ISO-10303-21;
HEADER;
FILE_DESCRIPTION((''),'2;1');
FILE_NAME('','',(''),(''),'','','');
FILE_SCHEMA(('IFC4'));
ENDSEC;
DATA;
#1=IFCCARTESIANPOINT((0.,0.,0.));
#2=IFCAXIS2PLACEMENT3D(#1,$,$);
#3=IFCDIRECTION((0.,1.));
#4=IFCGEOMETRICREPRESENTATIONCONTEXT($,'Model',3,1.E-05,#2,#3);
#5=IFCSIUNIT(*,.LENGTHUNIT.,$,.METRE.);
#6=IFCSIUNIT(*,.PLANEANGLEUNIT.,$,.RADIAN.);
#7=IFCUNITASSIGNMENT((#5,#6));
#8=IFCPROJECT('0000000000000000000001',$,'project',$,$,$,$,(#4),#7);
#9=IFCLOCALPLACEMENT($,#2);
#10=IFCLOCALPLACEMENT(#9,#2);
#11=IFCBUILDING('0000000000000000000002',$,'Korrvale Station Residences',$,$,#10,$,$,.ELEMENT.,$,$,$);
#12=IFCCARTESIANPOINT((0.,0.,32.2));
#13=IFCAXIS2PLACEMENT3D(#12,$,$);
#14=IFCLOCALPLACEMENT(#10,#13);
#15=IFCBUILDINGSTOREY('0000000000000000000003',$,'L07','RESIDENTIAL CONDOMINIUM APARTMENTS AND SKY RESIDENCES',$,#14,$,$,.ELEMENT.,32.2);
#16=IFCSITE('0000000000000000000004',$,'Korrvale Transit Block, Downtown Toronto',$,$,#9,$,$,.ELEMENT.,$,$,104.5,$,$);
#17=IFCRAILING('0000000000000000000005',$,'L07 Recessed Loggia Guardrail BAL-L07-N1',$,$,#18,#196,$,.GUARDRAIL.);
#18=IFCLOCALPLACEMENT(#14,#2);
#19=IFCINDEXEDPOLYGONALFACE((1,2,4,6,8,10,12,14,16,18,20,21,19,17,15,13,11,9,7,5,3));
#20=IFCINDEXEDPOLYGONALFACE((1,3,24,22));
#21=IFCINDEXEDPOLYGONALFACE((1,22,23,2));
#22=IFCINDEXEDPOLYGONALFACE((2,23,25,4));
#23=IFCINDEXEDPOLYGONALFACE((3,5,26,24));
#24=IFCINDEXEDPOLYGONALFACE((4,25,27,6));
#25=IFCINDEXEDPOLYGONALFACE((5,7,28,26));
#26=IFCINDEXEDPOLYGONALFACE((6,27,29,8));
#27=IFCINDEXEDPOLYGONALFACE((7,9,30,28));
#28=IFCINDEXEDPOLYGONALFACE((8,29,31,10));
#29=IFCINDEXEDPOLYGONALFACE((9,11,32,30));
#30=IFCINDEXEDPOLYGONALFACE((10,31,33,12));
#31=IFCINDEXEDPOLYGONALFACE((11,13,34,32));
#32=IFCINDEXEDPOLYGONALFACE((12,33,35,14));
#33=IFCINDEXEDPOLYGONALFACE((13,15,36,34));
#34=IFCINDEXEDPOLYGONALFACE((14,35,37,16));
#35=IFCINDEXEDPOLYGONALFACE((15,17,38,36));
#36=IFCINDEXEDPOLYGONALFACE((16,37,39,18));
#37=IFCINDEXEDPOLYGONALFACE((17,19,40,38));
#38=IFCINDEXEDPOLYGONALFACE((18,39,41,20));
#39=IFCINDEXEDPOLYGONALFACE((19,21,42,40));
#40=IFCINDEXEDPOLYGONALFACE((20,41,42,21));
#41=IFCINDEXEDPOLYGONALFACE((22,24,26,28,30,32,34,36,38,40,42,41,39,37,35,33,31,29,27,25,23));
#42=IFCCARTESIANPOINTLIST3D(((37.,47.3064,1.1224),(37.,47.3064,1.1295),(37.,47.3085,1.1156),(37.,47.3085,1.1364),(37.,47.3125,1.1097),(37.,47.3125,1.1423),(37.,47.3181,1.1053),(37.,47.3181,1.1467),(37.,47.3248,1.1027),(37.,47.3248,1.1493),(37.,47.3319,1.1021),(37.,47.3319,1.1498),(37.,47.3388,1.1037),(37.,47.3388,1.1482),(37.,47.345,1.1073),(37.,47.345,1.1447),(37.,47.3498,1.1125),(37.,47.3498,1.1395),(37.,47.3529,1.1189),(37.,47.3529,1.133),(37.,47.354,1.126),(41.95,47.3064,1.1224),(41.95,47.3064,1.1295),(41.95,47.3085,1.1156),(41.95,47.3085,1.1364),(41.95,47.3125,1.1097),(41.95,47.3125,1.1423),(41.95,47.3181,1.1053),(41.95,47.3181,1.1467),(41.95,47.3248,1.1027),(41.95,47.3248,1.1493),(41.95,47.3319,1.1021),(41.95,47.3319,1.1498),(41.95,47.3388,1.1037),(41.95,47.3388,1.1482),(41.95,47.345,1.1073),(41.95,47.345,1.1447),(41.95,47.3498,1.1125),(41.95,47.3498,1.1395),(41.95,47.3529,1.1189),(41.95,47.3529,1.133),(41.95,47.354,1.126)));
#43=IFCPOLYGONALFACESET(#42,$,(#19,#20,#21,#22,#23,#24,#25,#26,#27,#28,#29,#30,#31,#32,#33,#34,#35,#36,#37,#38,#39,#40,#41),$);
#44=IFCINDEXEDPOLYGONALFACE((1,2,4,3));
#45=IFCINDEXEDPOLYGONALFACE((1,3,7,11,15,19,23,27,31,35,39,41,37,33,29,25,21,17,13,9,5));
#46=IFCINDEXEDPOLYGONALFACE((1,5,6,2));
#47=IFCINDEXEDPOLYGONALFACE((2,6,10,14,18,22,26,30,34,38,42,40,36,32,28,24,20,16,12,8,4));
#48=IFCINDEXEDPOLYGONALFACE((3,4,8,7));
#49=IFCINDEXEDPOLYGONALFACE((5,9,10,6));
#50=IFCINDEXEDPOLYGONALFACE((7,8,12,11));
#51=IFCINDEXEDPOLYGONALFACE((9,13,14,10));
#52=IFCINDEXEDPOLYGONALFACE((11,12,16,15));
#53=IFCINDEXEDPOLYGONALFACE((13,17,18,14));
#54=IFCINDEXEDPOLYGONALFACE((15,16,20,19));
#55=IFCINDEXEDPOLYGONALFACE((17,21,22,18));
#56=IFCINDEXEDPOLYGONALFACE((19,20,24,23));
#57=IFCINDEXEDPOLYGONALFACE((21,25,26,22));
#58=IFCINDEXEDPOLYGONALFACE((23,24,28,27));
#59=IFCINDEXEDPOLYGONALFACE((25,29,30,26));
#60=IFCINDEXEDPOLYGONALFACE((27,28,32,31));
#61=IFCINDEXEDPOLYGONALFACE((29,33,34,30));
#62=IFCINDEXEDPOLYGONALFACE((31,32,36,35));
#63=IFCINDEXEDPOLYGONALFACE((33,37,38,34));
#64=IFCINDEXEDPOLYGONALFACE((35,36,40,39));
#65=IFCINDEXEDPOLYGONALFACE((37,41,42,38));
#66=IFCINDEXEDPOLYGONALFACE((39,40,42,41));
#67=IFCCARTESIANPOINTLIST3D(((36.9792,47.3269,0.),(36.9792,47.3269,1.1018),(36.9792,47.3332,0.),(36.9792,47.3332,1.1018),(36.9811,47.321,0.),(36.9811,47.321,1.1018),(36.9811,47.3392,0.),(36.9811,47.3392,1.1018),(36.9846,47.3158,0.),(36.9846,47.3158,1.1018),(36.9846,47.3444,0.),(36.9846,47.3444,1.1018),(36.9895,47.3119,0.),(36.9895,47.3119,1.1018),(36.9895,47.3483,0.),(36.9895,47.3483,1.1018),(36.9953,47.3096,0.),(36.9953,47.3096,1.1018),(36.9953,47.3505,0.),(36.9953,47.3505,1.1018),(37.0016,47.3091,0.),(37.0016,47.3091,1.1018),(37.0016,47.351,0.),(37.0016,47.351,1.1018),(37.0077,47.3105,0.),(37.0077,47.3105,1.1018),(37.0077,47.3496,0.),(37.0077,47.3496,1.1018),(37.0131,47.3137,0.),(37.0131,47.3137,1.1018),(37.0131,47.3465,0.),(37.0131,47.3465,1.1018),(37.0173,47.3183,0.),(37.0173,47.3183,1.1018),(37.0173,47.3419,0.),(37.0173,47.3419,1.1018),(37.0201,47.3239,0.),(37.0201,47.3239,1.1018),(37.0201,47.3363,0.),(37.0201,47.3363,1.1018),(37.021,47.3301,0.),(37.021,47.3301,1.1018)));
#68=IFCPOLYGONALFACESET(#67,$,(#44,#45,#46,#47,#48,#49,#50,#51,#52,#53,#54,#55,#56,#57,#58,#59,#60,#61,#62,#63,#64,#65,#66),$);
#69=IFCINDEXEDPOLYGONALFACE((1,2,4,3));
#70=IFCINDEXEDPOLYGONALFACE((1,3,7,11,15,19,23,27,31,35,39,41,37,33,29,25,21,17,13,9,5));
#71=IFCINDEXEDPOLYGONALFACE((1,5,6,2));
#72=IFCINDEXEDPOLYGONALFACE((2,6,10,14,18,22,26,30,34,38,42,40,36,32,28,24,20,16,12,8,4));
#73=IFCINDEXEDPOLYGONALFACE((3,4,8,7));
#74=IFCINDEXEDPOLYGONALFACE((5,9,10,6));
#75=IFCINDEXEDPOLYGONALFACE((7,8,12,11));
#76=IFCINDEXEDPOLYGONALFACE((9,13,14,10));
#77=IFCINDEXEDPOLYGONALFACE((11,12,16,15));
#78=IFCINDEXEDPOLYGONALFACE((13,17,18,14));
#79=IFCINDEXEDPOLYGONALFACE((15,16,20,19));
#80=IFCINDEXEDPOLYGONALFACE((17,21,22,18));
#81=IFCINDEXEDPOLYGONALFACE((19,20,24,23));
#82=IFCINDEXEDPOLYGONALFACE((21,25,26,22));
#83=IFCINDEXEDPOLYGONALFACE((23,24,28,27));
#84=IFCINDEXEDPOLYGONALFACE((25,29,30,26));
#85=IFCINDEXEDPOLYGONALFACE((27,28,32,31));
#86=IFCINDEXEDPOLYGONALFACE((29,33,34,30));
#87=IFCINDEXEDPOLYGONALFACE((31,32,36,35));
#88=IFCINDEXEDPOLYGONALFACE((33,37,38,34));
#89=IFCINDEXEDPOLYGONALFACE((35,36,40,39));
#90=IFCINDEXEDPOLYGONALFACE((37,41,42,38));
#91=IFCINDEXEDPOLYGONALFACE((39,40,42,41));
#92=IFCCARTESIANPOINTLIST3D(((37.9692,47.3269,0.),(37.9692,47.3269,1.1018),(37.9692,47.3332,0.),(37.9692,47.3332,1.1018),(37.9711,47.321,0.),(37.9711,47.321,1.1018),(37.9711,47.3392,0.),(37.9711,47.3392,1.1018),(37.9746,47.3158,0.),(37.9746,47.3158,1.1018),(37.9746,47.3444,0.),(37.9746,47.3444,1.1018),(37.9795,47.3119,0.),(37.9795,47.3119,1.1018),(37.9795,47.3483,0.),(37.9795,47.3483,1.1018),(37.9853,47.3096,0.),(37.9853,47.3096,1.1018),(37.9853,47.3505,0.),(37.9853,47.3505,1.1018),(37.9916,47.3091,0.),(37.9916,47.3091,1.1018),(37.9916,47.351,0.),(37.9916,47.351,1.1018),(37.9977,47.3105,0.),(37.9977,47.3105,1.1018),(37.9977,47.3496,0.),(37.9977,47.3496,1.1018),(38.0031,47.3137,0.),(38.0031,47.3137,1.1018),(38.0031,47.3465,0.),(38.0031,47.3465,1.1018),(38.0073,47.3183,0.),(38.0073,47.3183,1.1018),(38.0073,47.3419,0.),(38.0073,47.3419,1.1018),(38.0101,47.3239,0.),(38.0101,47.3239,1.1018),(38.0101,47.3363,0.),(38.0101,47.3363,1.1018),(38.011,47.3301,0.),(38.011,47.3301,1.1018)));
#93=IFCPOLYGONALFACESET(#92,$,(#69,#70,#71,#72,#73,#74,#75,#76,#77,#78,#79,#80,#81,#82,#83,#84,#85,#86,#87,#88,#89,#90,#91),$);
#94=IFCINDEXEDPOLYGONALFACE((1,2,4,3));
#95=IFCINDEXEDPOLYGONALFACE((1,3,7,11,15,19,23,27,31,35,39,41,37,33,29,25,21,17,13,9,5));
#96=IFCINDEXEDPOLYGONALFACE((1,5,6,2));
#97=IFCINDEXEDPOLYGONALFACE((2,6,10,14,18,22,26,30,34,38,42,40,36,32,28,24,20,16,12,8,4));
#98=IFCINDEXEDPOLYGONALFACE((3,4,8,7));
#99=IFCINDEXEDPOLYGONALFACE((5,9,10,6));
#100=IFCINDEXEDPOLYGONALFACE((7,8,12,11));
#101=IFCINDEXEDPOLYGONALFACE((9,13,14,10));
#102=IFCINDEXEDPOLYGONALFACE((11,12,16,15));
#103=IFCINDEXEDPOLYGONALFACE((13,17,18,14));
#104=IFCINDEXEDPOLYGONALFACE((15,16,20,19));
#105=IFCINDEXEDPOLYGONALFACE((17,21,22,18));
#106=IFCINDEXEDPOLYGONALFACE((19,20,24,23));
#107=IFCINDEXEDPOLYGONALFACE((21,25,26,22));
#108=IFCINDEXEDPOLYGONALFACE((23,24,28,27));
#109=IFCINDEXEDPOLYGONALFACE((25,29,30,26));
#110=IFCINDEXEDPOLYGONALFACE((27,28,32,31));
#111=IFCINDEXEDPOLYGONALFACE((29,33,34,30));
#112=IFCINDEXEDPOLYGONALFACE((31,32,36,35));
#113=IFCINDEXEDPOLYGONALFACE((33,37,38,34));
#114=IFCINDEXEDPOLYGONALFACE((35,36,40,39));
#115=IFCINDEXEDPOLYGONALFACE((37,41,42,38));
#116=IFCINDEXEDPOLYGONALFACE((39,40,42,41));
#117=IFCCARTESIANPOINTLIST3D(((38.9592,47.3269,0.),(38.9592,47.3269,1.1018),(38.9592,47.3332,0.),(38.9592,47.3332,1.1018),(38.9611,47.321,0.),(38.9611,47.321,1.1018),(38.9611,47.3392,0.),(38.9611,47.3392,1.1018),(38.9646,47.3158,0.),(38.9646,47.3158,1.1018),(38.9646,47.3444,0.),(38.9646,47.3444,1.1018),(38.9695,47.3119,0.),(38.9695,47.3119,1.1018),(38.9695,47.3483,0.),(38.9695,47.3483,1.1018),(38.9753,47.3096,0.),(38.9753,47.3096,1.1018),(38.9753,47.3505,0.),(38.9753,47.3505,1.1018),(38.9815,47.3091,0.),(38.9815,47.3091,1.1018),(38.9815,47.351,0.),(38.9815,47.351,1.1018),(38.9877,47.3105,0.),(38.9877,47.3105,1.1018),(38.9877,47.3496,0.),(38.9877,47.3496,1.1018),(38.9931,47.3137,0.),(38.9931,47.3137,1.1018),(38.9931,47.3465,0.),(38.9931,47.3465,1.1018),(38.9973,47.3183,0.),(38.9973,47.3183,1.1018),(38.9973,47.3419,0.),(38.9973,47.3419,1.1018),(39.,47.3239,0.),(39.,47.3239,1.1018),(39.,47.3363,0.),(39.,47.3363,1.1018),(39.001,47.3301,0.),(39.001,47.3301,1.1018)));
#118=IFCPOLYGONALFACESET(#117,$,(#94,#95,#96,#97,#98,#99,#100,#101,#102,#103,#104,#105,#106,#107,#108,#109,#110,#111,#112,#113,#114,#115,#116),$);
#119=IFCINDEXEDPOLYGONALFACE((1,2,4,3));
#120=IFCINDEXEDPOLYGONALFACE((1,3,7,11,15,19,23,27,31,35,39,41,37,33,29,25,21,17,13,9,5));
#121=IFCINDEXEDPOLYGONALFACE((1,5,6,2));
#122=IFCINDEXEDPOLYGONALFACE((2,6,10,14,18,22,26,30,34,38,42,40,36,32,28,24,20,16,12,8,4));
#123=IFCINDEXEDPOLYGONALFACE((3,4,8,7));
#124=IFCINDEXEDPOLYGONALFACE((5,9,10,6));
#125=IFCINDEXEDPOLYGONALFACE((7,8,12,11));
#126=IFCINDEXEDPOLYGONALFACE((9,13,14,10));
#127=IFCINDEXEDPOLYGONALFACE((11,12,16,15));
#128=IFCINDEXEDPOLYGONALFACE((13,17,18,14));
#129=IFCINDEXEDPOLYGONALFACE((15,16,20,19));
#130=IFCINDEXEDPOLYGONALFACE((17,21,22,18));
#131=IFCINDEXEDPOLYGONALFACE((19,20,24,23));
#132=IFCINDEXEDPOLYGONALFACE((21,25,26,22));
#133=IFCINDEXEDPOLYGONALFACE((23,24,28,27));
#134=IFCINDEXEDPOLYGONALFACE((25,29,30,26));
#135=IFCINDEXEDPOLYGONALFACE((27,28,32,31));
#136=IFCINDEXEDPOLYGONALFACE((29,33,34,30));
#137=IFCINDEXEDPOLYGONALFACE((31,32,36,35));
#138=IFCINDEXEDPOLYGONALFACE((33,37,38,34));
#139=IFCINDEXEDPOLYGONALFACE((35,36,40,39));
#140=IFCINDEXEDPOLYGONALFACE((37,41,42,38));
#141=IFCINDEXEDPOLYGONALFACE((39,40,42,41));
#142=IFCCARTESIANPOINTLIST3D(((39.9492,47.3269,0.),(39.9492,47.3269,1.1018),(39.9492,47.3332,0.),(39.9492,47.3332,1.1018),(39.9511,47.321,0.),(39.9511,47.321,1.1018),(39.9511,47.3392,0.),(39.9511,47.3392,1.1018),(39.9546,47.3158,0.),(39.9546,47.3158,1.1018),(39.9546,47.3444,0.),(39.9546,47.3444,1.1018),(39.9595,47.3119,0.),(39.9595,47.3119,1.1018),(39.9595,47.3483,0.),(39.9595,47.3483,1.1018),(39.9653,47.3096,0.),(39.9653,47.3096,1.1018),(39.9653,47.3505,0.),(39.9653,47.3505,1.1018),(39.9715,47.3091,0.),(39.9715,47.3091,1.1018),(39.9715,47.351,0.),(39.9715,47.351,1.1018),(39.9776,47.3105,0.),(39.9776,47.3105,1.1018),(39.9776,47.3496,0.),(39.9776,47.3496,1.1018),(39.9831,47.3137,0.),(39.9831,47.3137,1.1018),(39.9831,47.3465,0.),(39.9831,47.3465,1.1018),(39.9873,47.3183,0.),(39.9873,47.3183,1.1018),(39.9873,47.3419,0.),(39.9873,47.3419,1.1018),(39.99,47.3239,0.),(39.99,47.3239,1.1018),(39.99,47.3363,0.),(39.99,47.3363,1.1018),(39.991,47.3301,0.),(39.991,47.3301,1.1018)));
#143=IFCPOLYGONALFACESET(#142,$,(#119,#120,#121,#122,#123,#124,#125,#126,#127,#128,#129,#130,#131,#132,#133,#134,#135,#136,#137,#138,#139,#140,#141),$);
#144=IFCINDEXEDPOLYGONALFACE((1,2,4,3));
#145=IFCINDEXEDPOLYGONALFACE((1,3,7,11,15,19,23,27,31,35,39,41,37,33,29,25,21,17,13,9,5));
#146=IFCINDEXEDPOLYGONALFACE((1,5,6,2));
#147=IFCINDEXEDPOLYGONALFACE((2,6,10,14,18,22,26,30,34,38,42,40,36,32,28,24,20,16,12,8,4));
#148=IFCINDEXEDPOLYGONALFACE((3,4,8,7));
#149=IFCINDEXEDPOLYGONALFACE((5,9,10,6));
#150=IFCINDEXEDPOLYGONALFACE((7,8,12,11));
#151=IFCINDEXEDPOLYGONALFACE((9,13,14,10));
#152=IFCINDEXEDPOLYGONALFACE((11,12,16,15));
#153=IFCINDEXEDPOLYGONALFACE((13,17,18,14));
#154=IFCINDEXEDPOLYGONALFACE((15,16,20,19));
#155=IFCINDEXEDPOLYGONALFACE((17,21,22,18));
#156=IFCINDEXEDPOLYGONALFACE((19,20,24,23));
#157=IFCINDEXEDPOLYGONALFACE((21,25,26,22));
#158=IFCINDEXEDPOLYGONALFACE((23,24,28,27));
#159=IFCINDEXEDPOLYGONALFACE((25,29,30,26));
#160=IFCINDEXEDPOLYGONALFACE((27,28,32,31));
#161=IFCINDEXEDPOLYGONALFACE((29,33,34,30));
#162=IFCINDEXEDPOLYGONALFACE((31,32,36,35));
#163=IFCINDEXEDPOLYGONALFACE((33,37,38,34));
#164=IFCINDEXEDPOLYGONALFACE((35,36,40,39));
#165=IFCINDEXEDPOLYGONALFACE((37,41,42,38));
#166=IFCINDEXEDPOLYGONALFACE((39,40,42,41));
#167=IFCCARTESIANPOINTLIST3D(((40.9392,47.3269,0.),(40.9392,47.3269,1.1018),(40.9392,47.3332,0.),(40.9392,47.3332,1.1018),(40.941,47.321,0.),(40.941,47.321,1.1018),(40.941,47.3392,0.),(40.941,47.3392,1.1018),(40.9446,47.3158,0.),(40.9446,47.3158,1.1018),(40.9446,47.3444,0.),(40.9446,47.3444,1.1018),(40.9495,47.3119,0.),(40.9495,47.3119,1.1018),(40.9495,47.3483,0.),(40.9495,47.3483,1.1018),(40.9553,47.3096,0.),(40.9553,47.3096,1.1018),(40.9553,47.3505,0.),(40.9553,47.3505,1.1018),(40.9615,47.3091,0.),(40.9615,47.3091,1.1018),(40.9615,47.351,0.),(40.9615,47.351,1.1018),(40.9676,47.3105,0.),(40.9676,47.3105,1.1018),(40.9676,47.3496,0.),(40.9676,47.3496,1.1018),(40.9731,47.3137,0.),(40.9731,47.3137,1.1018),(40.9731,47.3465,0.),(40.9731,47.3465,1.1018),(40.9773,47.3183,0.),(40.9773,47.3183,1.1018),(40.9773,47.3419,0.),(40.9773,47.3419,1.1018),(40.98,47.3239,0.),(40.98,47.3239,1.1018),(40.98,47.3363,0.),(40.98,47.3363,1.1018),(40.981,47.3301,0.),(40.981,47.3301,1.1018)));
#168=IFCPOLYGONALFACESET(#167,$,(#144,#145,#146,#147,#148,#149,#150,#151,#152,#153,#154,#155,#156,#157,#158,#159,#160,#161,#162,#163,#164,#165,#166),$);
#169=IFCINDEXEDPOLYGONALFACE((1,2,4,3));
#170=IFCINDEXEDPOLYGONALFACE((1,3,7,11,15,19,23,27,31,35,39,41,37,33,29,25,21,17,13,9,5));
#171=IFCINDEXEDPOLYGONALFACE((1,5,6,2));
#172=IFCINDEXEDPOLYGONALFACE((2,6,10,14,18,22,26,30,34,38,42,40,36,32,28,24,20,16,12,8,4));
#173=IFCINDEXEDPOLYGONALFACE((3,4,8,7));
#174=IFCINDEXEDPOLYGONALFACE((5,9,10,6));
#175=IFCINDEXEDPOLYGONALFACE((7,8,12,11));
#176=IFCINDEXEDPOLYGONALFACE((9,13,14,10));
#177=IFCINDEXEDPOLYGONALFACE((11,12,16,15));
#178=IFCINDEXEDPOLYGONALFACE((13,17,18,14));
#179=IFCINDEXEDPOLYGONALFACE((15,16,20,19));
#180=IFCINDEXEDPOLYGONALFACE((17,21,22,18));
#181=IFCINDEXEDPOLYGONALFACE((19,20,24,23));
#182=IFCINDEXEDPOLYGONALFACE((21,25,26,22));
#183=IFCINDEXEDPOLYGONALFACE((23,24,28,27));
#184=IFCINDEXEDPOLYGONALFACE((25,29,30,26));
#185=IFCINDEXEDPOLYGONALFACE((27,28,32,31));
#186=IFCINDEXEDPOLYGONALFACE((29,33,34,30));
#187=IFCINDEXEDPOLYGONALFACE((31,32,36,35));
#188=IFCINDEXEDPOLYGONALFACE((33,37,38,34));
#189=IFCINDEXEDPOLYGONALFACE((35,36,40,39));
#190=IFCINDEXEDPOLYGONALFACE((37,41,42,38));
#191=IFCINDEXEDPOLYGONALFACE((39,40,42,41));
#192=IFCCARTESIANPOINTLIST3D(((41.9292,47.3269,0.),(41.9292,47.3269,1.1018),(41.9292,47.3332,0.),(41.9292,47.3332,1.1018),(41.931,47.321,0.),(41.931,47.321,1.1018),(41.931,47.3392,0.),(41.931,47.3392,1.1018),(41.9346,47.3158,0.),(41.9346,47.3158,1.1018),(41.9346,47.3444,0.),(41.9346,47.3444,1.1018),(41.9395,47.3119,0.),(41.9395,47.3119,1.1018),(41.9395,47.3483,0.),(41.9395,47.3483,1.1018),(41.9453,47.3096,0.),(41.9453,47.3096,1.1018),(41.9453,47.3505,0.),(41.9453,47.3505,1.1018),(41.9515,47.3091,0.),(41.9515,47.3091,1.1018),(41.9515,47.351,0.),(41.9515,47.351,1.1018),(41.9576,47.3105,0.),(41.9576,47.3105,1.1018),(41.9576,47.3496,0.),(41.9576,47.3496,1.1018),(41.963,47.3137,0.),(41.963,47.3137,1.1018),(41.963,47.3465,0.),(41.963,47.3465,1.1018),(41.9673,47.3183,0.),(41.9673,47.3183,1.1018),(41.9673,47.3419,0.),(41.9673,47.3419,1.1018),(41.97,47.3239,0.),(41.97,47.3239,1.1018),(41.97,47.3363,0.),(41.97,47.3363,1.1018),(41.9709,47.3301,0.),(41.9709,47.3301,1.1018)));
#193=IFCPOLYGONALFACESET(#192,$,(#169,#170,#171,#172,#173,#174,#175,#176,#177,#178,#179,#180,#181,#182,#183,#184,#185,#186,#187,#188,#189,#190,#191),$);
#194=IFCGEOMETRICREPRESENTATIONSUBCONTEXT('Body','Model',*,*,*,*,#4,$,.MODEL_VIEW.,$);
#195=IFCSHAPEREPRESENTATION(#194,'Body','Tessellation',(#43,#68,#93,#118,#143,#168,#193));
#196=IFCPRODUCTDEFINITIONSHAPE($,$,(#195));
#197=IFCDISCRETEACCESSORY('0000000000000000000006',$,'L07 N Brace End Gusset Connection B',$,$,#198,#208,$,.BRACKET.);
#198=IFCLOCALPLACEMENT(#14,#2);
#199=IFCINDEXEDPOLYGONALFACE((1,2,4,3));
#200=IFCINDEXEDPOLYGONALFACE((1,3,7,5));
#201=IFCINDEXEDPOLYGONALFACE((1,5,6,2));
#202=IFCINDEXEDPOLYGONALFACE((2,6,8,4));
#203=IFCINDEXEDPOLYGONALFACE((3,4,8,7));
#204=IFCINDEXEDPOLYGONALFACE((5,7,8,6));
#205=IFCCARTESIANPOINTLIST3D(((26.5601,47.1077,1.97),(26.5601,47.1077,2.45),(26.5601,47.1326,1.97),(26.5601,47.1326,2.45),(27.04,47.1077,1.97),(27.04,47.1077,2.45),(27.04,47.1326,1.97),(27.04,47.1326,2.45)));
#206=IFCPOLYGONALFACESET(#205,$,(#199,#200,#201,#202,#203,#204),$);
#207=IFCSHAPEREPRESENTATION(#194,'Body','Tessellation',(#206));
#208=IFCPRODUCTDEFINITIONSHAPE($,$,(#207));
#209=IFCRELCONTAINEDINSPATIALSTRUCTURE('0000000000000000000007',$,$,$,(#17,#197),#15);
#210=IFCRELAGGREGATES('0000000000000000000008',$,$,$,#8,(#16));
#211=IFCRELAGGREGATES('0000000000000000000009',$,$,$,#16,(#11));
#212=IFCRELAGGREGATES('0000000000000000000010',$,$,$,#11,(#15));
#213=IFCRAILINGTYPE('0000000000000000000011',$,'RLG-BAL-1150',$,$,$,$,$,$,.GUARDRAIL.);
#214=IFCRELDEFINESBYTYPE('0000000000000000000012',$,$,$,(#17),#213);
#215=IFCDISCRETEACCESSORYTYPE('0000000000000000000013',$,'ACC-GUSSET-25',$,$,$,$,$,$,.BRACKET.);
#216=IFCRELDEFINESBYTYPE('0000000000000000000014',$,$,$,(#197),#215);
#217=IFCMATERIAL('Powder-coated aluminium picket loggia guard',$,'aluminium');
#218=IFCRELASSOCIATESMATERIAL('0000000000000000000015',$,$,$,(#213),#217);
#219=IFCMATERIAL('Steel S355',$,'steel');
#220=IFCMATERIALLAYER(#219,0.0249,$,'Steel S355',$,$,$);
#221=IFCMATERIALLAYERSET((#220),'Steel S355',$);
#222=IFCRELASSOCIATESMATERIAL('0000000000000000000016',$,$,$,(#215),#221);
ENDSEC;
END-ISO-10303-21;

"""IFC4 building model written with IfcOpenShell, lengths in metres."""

from ifc_helpers import new_model, si_unit, direction, frame, origin, origin_2d, place, context, subcontext, project, spatial, rectangle, circle, extrude, material, layer, layer_set, type_object, element, save


model = new_model("IFC4")

# Units and contexts
model_context = context("Model", 3, precision=1e-05, world=origin(), true_north=direction((0.0, 1.0)))
body_context = subcontext(model_context, "Body", "Model", "MODEL_VIEW")
ifc_project = project(units=[si_unit("LENGTHUNIT", "METRE"), si_unit("PLANEANGLEUNIT", "RADIAN")], contexts=[model_context])

# Site, building, storey
site_placement = place(None, origin())
site = spatial("IfcSite", under=ifc_project, at=site_placement, Name="Korrvale Transit Block, Downtown Toronto", CompositionType="ELEMENT", RefElevation=104.5)
building_placement = place(site_placement, origin())
building = spatial("IfcBuilding", under=site, at=building_placement, Name="Korrvale Station Residences", CompositionType="ELEMENT")
storey_placement = place(building_placement, frame((0.0, 0.0, 32.2)))
storey = spatial("IfcBuildingStorey", under=building, at=storey_placement, Name="L07", Description="RESIDENTIAL CONDOMINIUM APARTMENTS AND SKY RESIDENCES", CompositionType="ELEMENT", Elevation=32.2)

# Shared definitions
ifc_material_1 = material(Name="Steel S355", Category="steel")

# Railing
ifc_material_2 = material(Name="Powder-coated aluminium picket loggia guard", Category="aluminium")
railing_type = type_object("IfcRailingType", Name="RLG-BAL-1150", PredefinedType="GUARDRAIL", material=ifc_material_2)
railing_placement = place(storey_placement, frame((37.0, 47.3301, 0.0)))
element("IfcRailing", 1, at=railing_placement, inside=storey, type_object=railing_type, Name="L07 Recessed Loggia Guardrail BAL-L07-N1", PredefinedType="GUARDRAIL", context=body_context, shape_type="SweptSolid", body=[
    extrude(circle(Radius=0.0239, at=origin_2d()), frame((0.0, 0.0, 1.126), z_axis=(1.0, 0.0, 0.0), x_axis=(0.0, 1.0, 0.0)), (0.0, 0.0, 1.0), 4.95),
    extrude(circle(Radius=0.021, at=origin_2d()), origin(), (0.0, 0.0, 1.0), 1.1018),
    extrude(circle(Radius=0.021, at=origin_2d()), frame((0.99, 0.0, 0.0)), (0.0, 0.0, 1.0), 1.1018),
    extrude(circle(Radius=0.021, at=origin_2d()), frame((1.98, 0.0, 0.0)), (0.0, 0.0, 1.0), 1.1018),
    extrude(circle(Radius=0.021, at=origin_2d()), frame((2.97, 0.0, 0.0)), (0.0, 0.0, 1.0), 1.1018),
    extrude(circle(Radius=0.021, at=origin_2d()), frame((3.96, 0.0, 0.0)), (0.0, 0.0, 1.0), 1.1018),
    extrude(circle(Radius=0.021, at=origin_2d()), frame((4.95, 0.0, 0.0)), (0.0, 0.0, 1.0), 1.1018),
])

# Discrete accessory
ifc_layer_1 = layer(ifc_material_1, 0.0249, Name="Steel S355")
ifc_layer_set_1 = layer_set([ifc_layer_1], Name="Steel S355")
discrete_accessory_type = type_object("IfcDiscreteAccessoryType", Name="ACC-GUSSET-25", PredefinedType="BRACKET", material=ifc_layer_set_1)
discrete_accessory_placement = place(storey_placement, frame((26.8, 47.1201, 1.97), z_axis=(0.0, 0.0, 1.0), x_axis=(1.0, 0.0, 0.0)))
element("IfcDiscreteAccessory", 2, at=discrete_accessory_placement, inside=storey, type_object=discrete_accessory_type, Name="L07 N Brace End Gusset Connection B", PredefinedType="BRACKET", context=body_context, shape_type="SweptSolid", body=[
    extrude(rectangle(XDim=0.48, YDim=0.0249, at=origin_2d()), origin(), (0.0, 0.0, 1.0), 0.48),
])

save(model, "model.ifc")
